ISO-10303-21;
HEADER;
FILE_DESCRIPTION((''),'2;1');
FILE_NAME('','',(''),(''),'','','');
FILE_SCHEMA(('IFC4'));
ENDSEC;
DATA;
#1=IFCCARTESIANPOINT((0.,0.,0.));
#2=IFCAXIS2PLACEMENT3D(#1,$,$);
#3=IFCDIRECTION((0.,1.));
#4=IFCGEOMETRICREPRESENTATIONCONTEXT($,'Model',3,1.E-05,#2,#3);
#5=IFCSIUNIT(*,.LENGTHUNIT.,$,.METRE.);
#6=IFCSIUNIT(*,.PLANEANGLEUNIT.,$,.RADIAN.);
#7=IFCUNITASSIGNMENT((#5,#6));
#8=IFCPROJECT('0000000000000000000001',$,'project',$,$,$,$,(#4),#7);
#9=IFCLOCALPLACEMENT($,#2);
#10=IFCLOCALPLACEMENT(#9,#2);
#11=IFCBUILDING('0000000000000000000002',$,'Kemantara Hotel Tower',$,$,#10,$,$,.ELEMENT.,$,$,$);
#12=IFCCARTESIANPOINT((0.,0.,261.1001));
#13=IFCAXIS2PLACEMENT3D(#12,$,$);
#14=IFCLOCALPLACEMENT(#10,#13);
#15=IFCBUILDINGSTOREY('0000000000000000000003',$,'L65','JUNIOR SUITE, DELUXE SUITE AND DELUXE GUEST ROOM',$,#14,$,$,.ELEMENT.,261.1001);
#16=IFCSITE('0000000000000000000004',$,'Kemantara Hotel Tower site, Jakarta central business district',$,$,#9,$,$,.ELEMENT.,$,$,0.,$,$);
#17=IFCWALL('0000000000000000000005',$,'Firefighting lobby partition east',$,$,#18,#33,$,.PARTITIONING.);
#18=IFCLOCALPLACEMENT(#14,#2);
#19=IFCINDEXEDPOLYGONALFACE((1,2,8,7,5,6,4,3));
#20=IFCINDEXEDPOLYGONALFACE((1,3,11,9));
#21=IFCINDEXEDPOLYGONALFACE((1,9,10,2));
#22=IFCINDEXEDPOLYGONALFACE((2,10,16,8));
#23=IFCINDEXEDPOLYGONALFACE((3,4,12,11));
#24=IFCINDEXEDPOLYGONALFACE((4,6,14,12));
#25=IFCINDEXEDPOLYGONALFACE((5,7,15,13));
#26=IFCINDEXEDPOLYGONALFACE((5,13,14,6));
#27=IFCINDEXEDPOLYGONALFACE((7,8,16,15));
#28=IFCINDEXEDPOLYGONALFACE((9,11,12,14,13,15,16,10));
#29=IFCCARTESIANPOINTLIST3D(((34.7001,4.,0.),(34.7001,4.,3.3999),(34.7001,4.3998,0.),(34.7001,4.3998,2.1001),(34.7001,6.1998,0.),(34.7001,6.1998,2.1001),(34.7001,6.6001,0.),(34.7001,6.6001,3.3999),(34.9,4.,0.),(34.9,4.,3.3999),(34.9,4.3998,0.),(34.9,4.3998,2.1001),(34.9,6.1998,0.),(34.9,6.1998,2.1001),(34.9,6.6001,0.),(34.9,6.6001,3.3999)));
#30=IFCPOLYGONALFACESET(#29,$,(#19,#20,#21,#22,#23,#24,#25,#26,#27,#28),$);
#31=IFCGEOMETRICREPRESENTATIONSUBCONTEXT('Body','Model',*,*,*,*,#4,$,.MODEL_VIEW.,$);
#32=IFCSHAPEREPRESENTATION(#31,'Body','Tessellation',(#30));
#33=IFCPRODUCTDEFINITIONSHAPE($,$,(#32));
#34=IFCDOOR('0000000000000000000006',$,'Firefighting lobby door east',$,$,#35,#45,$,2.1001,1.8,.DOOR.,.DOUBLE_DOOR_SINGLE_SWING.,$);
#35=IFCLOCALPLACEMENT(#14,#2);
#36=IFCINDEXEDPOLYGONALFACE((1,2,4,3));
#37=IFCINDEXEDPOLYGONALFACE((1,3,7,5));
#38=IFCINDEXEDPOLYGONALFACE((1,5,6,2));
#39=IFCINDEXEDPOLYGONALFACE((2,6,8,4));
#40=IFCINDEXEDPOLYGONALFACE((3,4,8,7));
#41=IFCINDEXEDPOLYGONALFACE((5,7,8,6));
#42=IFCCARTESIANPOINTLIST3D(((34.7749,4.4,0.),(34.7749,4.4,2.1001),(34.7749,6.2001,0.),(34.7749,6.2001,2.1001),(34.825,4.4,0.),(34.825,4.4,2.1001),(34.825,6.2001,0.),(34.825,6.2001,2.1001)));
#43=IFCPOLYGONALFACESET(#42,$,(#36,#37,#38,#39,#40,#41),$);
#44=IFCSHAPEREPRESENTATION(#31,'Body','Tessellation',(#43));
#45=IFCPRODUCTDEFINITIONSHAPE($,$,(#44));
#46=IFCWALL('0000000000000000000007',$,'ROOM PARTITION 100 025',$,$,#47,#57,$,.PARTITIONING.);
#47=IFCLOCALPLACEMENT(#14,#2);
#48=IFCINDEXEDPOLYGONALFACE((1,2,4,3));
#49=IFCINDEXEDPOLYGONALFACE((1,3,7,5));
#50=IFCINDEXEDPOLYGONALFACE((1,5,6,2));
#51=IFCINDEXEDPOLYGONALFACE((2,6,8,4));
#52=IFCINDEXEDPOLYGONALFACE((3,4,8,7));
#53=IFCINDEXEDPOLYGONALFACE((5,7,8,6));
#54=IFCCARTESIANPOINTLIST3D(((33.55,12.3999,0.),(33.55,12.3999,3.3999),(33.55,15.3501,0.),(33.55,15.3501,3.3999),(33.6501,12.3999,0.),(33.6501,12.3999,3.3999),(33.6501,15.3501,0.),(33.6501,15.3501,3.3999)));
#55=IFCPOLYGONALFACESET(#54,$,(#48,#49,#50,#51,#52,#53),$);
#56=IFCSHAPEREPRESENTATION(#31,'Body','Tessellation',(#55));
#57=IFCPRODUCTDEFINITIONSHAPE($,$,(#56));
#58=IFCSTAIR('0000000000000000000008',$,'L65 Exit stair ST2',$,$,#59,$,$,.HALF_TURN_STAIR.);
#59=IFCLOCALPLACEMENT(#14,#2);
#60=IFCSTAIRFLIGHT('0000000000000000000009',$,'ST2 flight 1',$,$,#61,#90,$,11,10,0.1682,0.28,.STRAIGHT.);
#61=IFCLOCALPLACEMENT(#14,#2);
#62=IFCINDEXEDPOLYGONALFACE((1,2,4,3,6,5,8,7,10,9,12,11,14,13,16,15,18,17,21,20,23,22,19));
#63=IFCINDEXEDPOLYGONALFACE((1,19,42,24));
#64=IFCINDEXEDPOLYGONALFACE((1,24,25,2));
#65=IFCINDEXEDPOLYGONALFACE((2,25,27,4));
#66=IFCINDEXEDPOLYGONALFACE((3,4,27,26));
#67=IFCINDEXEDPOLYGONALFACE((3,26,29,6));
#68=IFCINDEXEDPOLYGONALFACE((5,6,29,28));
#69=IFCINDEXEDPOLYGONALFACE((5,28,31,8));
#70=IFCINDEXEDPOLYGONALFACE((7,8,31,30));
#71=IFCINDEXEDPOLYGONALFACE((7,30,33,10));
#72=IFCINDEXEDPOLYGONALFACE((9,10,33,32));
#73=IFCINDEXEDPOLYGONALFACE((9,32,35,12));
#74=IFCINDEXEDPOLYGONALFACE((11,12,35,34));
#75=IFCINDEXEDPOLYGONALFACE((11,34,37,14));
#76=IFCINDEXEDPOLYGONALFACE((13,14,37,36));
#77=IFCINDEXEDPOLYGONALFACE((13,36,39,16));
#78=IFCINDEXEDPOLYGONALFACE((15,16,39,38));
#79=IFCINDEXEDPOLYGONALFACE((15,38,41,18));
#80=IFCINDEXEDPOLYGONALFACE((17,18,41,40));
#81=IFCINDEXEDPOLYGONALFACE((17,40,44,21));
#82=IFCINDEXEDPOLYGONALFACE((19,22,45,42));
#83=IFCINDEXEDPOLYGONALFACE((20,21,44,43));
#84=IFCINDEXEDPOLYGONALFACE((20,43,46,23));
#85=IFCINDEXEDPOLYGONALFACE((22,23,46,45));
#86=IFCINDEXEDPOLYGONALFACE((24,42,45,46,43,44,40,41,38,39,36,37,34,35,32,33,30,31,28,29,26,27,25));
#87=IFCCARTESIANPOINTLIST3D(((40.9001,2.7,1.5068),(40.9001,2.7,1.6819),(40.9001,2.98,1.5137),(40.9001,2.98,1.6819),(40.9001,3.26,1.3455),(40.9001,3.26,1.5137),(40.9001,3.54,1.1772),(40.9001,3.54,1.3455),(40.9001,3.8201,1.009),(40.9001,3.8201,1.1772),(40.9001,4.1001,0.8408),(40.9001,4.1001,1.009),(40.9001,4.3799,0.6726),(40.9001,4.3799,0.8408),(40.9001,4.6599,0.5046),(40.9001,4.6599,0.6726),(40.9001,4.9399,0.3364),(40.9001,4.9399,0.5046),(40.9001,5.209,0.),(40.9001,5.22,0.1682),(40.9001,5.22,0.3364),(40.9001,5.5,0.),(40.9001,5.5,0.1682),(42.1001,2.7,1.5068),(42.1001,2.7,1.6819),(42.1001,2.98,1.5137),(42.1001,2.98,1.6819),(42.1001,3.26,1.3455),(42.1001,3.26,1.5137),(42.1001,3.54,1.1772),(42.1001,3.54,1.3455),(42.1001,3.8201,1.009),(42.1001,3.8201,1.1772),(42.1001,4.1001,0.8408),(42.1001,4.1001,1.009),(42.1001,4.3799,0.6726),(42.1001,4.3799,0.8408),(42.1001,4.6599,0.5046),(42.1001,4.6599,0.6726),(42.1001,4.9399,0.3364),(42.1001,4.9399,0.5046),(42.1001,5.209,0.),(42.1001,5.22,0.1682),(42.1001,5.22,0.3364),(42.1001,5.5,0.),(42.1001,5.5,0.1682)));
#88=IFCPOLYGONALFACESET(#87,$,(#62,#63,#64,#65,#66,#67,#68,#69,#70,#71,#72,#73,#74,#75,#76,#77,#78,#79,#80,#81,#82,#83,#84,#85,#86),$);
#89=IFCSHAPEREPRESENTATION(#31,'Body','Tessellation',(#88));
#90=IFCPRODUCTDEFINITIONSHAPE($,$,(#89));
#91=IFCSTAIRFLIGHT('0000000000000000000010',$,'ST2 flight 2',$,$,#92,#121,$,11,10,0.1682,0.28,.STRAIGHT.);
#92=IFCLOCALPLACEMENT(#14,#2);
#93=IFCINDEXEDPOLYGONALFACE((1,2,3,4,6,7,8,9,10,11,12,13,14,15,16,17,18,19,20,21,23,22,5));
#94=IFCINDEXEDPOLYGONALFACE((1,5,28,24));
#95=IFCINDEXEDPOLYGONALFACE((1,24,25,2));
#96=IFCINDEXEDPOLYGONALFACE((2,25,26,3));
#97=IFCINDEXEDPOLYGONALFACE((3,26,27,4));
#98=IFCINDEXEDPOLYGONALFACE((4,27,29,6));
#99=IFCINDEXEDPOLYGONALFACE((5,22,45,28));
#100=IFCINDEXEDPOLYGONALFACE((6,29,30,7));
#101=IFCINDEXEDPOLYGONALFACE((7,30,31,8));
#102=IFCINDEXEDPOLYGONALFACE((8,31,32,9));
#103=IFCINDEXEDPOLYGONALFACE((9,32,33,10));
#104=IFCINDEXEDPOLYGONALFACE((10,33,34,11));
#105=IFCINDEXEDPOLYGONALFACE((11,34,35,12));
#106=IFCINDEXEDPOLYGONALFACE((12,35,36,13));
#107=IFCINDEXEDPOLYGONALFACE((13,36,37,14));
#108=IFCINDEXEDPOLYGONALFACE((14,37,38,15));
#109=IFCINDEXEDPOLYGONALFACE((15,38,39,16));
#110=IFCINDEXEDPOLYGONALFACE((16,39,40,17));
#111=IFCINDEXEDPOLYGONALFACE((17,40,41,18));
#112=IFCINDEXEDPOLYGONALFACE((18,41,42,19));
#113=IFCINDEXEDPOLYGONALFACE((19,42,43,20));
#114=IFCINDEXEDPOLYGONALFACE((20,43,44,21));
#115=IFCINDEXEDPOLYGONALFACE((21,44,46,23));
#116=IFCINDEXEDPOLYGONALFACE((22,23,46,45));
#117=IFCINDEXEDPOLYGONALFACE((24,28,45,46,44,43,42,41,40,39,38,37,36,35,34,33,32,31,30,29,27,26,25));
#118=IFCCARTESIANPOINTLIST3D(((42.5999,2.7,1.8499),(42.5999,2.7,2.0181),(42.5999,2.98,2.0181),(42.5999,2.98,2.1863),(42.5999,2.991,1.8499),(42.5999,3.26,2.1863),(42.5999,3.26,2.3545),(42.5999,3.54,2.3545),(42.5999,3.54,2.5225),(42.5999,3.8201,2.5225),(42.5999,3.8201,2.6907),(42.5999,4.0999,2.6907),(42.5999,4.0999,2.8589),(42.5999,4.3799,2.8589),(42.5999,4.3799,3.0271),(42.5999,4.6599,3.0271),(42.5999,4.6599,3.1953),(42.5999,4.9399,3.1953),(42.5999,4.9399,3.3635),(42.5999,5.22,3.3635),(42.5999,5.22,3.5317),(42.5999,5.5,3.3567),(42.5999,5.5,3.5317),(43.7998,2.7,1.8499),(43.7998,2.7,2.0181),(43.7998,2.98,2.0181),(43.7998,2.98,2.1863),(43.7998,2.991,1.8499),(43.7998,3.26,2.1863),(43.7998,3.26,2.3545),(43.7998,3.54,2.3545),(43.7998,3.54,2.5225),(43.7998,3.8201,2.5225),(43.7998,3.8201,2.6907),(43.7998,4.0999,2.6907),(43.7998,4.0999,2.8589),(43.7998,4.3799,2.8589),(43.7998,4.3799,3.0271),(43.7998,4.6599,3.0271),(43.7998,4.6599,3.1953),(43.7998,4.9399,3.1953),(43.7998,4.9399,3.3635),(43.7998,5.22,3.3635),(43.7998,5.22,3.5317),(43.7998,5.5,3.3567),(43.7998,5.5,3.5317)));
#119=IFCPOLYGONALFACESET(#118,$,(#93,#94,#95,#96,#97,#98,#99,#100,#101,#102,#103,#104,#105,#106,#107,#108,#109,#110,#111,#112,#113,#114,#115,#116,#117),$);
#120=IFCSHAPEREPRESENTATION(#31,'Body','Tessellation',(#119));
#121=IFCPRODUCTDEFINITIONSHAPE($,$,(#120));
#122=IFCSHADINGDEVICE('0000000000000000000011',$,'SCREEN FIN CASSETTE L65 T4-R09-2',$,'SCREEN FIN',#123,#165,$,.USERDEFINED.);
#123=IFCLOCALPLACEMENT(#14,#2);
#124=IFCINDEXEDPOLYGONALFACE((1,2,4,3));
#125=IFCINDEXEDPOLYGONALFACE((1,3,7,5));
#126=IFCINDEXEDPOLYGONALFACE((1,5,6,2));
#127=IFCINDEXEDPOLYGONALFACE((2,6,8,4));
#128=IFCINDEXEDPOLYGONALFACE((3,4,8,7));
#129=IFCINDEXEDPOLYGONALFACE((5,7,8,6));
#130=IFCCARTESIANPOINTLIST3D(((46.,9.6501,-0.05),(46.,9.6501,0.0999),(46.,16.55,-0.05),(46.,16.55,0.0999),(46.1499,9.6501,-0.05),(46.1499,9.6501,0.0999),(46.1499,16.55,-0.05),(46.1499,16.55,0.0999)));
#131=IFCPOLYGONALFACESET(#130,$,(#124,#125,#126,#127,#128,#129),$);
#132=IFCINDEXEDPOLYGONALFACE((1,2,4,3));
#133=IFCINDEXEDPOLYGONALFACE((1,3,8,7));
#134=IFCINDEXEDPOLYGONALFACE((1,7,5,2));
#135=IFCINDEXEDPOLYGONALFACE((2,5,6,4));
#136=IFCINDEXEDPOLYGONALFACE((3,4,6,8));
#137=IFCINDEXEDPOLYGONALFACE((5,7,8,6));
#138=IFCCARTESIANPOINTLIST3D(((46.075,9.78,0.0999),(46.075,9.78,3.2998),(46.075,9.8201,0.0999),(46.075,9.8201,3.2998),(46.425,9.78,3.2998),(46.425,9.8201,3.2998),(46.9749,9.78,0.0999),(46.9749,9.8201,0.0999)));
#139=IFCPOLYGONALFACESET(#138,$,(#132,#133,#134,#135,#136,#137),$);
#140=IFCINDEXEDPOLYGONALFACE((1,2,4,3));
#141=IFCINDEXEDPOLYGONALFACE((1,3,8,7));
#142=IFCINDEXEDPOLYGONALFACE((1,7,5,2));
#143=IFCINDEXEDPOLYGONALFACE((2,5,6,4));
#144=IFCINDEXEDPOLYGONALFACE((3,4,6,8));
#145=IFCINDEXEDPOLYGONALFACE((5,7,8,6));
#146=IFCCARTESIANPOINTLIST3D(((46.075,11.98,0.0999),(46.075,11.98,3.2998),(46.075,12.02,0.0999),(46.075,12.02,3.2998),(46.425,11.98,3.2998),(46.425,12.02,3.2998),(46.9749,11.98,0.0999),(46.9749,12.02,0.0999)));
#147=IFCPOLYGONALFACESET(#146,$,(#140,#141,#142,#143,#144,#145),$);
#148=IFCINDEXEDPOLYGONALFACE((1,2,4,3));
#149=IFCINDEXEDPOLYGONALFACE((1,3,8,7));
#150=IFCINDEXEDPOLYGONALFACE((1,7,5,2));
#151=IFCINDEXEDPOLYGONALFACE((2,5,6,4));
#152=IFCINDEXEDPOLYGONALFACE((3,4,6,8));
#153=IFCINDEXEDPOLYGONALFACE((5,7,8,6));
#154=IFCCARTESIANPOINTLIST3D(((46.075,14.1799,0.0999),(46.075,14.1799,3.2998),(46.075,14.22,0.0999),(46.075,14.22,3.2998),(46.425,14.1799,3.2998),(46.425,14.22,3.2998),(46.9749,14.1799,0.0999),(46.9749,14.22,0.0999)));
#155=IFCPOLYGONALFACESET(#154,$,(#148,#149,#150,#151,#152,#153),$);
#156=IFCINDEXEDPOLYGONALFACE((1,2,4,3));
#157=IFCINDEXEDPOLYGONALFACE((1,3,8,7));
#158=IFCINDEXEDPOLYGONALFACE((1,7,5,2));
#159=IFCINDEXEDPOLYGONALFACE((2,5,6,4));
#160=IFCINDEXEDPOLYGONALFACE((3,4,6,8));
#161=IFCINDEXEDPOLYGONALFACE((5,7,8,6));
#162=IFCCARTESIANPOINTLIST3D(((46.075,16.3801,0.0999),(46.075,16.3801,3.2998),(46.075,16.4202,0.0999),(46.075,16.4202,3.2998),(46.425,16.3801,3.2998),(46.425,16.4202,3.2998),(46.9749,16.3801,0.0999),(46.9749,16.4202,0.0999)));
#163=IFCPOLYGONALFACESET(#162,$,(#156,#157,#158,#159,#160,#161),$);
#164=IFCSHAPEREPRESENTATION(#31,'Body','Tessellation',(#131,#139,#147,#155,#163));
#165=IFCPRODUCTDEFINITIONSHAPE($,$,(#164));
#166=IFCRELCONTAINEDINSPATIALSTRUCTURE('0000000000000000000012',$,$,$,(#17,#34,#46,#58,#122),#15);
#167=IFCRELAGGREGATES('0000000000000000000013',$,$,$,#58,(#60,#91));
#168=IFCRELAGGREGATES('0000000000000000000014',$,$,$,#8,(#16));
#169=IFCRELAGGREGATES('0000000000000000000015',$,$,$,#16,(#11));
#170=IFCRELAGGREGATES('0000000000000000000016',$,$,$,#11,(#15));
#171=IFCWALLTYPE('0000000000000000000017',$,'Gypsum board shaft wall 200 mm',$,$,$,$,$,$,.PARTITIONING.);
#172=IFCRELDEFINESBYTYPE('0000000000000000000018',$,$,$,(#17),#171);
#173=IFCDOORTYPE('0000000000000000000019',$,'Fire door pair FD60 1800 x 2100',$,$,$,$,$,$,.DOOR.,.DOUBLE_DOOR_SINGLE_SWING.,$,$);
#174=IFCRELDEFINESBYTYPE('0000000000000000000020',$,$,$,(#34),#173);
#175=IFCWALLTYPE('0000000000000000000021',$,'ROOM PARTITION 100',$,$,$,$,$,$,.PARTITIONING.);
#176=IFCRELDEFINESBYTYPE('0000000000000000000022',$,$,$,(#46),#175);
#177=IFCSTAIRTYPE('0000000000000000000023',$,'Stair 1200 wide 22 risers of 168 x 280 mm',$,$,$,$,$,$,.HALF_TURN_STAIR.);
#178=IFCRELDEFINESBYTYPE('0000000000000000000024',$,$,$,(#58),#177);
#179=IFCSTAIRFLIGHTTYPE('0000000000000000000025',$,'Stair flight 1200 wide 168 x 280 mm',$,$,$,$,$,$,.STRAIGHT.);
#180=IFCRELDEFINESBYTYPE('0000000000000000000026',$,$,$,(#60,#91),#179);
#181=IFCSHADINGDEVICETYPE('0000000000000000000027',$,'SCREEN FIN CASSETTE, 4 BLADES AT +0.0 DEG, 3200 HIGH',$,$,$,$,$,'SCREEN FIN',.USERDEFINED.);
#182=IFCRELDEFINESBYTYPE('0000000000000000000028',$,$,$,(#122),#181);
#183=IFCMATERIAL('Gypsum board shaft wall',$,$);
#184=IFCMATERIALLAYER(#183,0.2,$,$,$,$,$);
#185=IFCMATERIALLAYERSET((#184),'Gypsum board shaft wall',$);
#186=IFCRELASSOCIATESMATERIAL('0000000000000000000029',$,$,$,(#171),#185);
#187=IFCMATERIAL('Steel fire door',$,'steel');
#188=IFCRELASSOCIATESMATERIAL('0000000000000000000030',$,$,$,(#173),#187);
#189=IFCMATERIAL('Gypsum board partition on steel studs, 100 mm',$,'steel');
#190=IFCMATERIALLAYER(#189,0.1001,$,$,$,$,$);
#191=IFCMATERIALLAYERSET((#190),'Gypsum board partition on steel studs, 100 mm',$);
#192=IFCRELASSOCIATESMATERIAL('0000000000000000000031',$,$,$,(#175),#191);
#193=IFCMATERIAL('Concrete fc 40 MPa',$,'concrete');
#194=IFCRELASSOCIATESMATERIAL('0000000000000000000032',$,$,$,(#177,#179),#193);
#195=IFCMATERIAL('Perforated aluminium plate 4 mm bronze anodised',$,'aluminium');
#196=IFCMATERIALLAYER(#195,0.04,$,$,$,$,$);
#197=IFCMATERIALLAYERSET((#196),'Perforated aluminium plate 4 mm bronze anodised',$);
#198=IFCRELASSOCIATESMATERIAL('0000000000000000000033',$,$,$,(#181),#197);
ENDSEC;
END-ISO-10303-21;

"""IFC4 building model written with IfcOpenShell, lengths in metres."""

from ifc_helpers import new_model, si_unit, direction, frame, frame_2d, origin, origin_2d, place, context, subcontext, project, spatial, polyline, rectangle, outline, extrude, source, transform, mapped, material, layer, layer_set, type_object, element, fill, aggregate, save


model = new_model("IFC4")

# Units and contexts
model_context = context("Model", 3, precision=1e-05, world=origin(), true_north=direction((0.0, 1.0)))
body_context = subcontext(model_context, "Body", "Model", "MODEL_VIEW")
ifc_project = project(units=[si_unit("LENGTHUNIT", "METRE"), si_unit("PLANEANGLEUNIT", "RADIAN")], contexts=[model_context])

# Site, building, storey
site_placement = place(None, origin())
site = spatial("IfcSite", under=ifc_project, at=site_placement, Name="Kemantara Hotel Tower site, Jakarta central business district", CompositionType="ELEMENT", RefElevation=0.0)
building_placement = place(site_placement, origin())
building = spatial("IfcBuilding", under=site, at=building_placement, Name="Kemantara Hotel Tower", CompositionType="ELEMENT")
storey_placement = place(building_placement, frame((0.0, 0.0, 261.1001)))
storey = spatial("IfcBuildingStorey", under=building, at=storey_placement, Name="L65", Description="JUNIOR SUITE, DELUXE SUITE AND DELUXE GUEST ROOM", CompositionType="ELEMENT", Elevation=261.1001)

# Shared definitions
ifc_material_1 = material(Name="Steel fire door", Category="steel")

# Wall, opening, door
ifc_material_2 = material(Name="Gypsum board shaft wall")
ifc_layer_1 = layer(ifc_material_2, 0.2)
ifc_layer_set_1 = layer_set([ifc_layer_1], Name="Gypsum board shaft wall")
wall_type_1 = type_object("IfcWallType", Name="Gypsum board shaft wall 200 mm", PredefinedType="PARTITIONING", material=ifc_layer_set_1)
wall_1_placement = place(storey_placement, frame((34.8, 4.0, 0.0), z_axis=(0.0, 0.0, 1.0), x_axis=(0.0, 1.0, 0.0)))
wall_1 = element("IfcWall", 1, at=wall_1_placement, inside=storey, type_object=wall_type_1, Name="Firefighting lobby partition east", PredefinedType="PARTITIONING", context=body_context, shape_type="SweptSolid", body=[
    extrude(rectangle(XDim=2.6001, YDim=0.2, at=frame_2d((1.3, 0.0))), origin(), (0.0, 0.0, 1.0), 3.3999),
])
opening_1_placement = place(wall_1_placement, frame((0.3999, 0.0, 0.0)))
opening_1 = element("IfcOpeningElement", 2, at=opening_1_placement, cuts=wall_1, PredefinedType="OPENING", context=body_context, shape_type="SweptSolid", body=[
    extrude(rectangle(XDim=1.8, YDim=2.1001, at=frame_2d((0.8999, 1.05))), frame((0.0, 0.1099, 0.0), z_axis=(0.0, -1.0, 0.0), x_axis=(1.0, 0.0, 0.0)), (0.0, 0.0, 1.0), 0.22),
])
door_type_1 = type_object("IfcDoorType", Name="Fire door pair FD60 1800 x 2100", OperationType="DOUBLE_DOOR_SINGLE_SWING", PredefinedType="DOOR", material=ifc_material_1)
door_1_placement = place(opening_1_placement, frame((1.8, 0.0, 0.0), z_axis=(0.0, 0.0, 1.0), x_axis=(-1.0, 0.0, 0.0)))
door_1 = element("IfcDoor", 3, at=door_1_placement, inside=storey, type_object=door_type_1, Name="Firefighting lobby door east", OperationType="DOUBLE_DOOR_SINGLE_SWING", OverallHeight=2.1001, OverallWidth=1.8, PredefinedType="DOOR", context=body_context, shape_type="SweptSolid", body=[
    extrude(rectangle(XDim=1.8, YDim=2.1001, at=frame_2d((0.8999, 1.05))), frame((0.0, 0.0249, 0.0), z_axis=(0.0, -1.0, 0.0), x_axis=(1.0, 0.0, 0.0)), (0.0, 0.0, 1.0), 0.05),
])
fill(opening_1, door_1)

# Wall
ifc_material_3 = material(Name="Gypsum board partition on steel studs, 100 mm", Category="steel")
ifc_layer_2 = layer(ifc_material_3, 0.1001)
ifc_layer_set_2 = layer_set([ifc_layer_2], Name="Gypsum board partition on steel studs, 100 mm")
wall_type_2 = type_object("IfcWallType", Name="ROOM PARTITION 100", PredefinedType="PARTITIONING", material=ifc_layer_set_2)
wall_2_placement = place(storey_placement, frame((33.6001, 12.3999, 0.0), z_axis=(0.0, 0.0, 1.0), x_axis=(0.0, 1.0, 0.0)))
element("IfcWall", 4, at=wall_2_placement, inside=storey, type_object=wall_type_2, Name="ROOM PARTITION 100 025", PredefinedType="PARTITIONING", context=body_context, shape_type="SweptSolid", body=[
    extrude(rectangle(XDim=2.9502, YDim=0.1001, at=frame_2d((1.4751, 0.0))), origin(), (0.0, 0.0, 1.0), 3.3999),
])

# Stair, stair flights
ifc_material_4 = material(Name="Concrete fc 40 MPa", Category="concrete")
stair_type = type_object("IfcStairType", Name="Stair 1200 wide 22 risers of 168 x 280 mm", PredefinedType="HALF_TURN_STAIR", material=ifc_material_4)
stair_placement = place(storey_placement, origin())
stair = element("IfcStair", 5, at=stair_placement, inside=storey, type_object=stair_type, Name="L65 Exit stair ST2", PredefinedType="HALF_TURN_STAIR")
stair_flight_type = type_object("IfcStairFlightType", Name="Stair flight 1200 wide 168 x 280 mm", PredefinedType="STRAIGHT", material=ifc_material_4)
stair_flight_1_placement = place(storey_placement, frame((41.5, 5.5, 0.0), z_axis=(0.0, 0.0, 1.0), x_axis=(0.0, -1.0, 0.0)))
stair_flight_1 = element("IfcStairFlight", 6, at=stair_flight_1_placement, type_object=stair_flight_type, Name="ST2 flight 1", NumberOfRisers=11, NumberOfTreads=10, PredefinedType="STRAIGHT", RiserHeight=0.1682, TreadLength=0.28, context=body_context, shape_type="SweptSolid", body=[
    extrude(outline(polyline([(0.0, 0.0), (0.0, 0.1682), (0.28, 0.1682), (0.28, 0.3364), (0.5601, 0.3364), (0.5601, 0.5046), (0.8401, 0.5046), (0.8401, 0.6726), (1.1201, 0.6726), (1.1201, 0.8408), (1.3999, 0.8408), (1.3999, 1.009), (1.6799, 1.009), (1.6799, 1.1772), (1.96, 1.1772), (1.96, 1.3455), (2.24, 1.3455), (2.24, 1.5137), (2.52, 1.5137), (2.52, 1.6819), (2.8, 1.6819), (2.8, 1.8501), (2.8, 1.5068), (0.291, 0.0), (0.0, 0.0)])), frame((0.0, 0.6001, 0.0), z_axis=(0.0, -1.0, 0.0), x_axis=(1.0, 0.0, 0.0)), (0.0, 0.0, 1.0), 1.2),
])
stair_flight_2_placement = place(storey_placement, frame((43.2, 2.7, 1.8499), z_axis=(0.0, 0.0, 1.0), x_axis=(0.0, 1.0, 0.0)))
stair_flight_2 = element("IfcStairFlight", 7, at=stair_flight_2_placement, type_object=stair_flight_type, Name="ST2 flight 2", NumberOfRisers=11, NumberOfTreads=10, PredefinedType="STRAIGHT", RiserHeight=0.1682, TreadLength=0.28, context=body_context, shape_type="SweptSolid", body=[
    extrude(outline(polyline([(0.0, 0.0), (0.0, 0.1682), (0.28, 0.1682), (0.28, 0.3364), (0.5601, 0.3364), (0.5601, 0.5046), (0.8401, 0.5046), (0.8401, 0.6726), (1.1201, 0.6726), (1.1201, 0.8408), (1.3999, 0.8408), (1.3999, 1.009), (1.6799, 1.009), (1.6799, 1.1772), (1.96, 1.1772), (1.96, 1.3455), (2.24, 1.3455), (2.24, 1.5137), (2.52, 1.5137), (2.52, 1.6819), (2.8, 1.6819), (2.8, 1.8501), (2.8, 1.5068), (0.291, 0.0), (0.0, 0.0)])), frame((0.0, 0.6001, 0.0), z_axis=(0.0, -1.0, 0.0), x_axis=(1.0, 0.0, 0.0)), (0.0, 0.0, 1.0), 1.2),
])
aggregate(stair, [stair_flight_1, stair_flight_2])

# Shading device
ifc_material_5 = material(Name="Perforated aluminium plate 4 mm bronze anodised", Category="aluminium")
ifc_layer_3 = layer(ifc_material_5, 0.04)
ifc_layer_set_3 = layer_set([ifc_layer_3], Name="Perforated aluminium plate 4 mm bronze anodised")
shading_device_type_1 = type_object("IfcShadingDeviceType", Name="SCREEN FIN CASSETTE, 4 BLADES AT +0.0 DEG, 3200 HIGH", ElementType="SCREEN FIN", PredefinedType="USERDEFINED", material=ifc_layer_set_3)
shared_shape_1 = source(origin(), body_context, "Body", "SweptSolid", [
    extrude(rectangle(XDim=6.8999, YDim=0.1499, at=origin_2d()), frame((3.3, -0.075, -0.1499), z_axis=(0.0, 0.0, 1.0), x_axis=(1.0, 0.0, 0.0)), (0.0, 0.0, 1.0), 0.1499),
    extrude(outline(polyline([(0.0, 0.0), (0.8999, 0.0), (0.3501, 3.2), (0.0, 3.2), (0.0, 0.0)])), frame((0.02, -0.075, 0.0), z_axis=(-1.0, 0.0, 0.0), x_axis=(0.0, -1.0, 0.0)), (0.0, 0.0, 1.0), 0.04),
    extrude(outline(polyline([(0.0, 0.0), (0.8999, 0.0), (0.3501, 3.2), (0.0, 3.2), (0.0, 0.0)])), frame((2.22, -0.075, 0.0), z_axis=(-1.0, 0.0, 0.0), x_axis=(0.0, -1.0, 0.0)), (0.0, 0.0, 1.0), 0.04),
    extrude(outline(polyline([(0.0, 0.0), (0.8999, 0.0), (0.3501, 3.2), (0.0, 3.2), (0.0, 0.0)])), frame((4.4199, -0.075, 0.0), z_axis=(-1.0, 0.0, 0.0), x_axis=(0.0, -1.0, 0.0)), (0.0, 0.0, 1.0), 0.04),
    extrude(outline(polyline([(0.0, 0.0), (0.8999, 0.0), (0.3501, 3.2), (0.0, 3.2), (0.0, 0.0)])), frame((6.6201, -0.075, 0.0), z_axis=(-1.0, 0.0, 0.0), x_axis=(0.0, -1.0, 0.0)), (0.0, 0.0, 1.0), 0.04),
])
shading_device_1_placement = place(storey_placement, frame((46.0, 9.8, 0.0999), z_axis=(0.0, 0.0, 1.0), x_axis=(0.0, 1.0, 0.0)))
element("IfcShadingDevice", 8, at=shading_device_1_placement, inside=storey, type_object=shading_device_type_1, Name="SCREEN FIN CASSETTE L65 T4-R09-2", ObjectType="SCREEN FIN", PredefinedType="USERDEFINED", context=body_context, shape_type="MappedRepresentation", body=[
    mapped(shared_shape_1, transform((0.0, 0.0, 0.0))),
])

save(model, "model.ifc")
